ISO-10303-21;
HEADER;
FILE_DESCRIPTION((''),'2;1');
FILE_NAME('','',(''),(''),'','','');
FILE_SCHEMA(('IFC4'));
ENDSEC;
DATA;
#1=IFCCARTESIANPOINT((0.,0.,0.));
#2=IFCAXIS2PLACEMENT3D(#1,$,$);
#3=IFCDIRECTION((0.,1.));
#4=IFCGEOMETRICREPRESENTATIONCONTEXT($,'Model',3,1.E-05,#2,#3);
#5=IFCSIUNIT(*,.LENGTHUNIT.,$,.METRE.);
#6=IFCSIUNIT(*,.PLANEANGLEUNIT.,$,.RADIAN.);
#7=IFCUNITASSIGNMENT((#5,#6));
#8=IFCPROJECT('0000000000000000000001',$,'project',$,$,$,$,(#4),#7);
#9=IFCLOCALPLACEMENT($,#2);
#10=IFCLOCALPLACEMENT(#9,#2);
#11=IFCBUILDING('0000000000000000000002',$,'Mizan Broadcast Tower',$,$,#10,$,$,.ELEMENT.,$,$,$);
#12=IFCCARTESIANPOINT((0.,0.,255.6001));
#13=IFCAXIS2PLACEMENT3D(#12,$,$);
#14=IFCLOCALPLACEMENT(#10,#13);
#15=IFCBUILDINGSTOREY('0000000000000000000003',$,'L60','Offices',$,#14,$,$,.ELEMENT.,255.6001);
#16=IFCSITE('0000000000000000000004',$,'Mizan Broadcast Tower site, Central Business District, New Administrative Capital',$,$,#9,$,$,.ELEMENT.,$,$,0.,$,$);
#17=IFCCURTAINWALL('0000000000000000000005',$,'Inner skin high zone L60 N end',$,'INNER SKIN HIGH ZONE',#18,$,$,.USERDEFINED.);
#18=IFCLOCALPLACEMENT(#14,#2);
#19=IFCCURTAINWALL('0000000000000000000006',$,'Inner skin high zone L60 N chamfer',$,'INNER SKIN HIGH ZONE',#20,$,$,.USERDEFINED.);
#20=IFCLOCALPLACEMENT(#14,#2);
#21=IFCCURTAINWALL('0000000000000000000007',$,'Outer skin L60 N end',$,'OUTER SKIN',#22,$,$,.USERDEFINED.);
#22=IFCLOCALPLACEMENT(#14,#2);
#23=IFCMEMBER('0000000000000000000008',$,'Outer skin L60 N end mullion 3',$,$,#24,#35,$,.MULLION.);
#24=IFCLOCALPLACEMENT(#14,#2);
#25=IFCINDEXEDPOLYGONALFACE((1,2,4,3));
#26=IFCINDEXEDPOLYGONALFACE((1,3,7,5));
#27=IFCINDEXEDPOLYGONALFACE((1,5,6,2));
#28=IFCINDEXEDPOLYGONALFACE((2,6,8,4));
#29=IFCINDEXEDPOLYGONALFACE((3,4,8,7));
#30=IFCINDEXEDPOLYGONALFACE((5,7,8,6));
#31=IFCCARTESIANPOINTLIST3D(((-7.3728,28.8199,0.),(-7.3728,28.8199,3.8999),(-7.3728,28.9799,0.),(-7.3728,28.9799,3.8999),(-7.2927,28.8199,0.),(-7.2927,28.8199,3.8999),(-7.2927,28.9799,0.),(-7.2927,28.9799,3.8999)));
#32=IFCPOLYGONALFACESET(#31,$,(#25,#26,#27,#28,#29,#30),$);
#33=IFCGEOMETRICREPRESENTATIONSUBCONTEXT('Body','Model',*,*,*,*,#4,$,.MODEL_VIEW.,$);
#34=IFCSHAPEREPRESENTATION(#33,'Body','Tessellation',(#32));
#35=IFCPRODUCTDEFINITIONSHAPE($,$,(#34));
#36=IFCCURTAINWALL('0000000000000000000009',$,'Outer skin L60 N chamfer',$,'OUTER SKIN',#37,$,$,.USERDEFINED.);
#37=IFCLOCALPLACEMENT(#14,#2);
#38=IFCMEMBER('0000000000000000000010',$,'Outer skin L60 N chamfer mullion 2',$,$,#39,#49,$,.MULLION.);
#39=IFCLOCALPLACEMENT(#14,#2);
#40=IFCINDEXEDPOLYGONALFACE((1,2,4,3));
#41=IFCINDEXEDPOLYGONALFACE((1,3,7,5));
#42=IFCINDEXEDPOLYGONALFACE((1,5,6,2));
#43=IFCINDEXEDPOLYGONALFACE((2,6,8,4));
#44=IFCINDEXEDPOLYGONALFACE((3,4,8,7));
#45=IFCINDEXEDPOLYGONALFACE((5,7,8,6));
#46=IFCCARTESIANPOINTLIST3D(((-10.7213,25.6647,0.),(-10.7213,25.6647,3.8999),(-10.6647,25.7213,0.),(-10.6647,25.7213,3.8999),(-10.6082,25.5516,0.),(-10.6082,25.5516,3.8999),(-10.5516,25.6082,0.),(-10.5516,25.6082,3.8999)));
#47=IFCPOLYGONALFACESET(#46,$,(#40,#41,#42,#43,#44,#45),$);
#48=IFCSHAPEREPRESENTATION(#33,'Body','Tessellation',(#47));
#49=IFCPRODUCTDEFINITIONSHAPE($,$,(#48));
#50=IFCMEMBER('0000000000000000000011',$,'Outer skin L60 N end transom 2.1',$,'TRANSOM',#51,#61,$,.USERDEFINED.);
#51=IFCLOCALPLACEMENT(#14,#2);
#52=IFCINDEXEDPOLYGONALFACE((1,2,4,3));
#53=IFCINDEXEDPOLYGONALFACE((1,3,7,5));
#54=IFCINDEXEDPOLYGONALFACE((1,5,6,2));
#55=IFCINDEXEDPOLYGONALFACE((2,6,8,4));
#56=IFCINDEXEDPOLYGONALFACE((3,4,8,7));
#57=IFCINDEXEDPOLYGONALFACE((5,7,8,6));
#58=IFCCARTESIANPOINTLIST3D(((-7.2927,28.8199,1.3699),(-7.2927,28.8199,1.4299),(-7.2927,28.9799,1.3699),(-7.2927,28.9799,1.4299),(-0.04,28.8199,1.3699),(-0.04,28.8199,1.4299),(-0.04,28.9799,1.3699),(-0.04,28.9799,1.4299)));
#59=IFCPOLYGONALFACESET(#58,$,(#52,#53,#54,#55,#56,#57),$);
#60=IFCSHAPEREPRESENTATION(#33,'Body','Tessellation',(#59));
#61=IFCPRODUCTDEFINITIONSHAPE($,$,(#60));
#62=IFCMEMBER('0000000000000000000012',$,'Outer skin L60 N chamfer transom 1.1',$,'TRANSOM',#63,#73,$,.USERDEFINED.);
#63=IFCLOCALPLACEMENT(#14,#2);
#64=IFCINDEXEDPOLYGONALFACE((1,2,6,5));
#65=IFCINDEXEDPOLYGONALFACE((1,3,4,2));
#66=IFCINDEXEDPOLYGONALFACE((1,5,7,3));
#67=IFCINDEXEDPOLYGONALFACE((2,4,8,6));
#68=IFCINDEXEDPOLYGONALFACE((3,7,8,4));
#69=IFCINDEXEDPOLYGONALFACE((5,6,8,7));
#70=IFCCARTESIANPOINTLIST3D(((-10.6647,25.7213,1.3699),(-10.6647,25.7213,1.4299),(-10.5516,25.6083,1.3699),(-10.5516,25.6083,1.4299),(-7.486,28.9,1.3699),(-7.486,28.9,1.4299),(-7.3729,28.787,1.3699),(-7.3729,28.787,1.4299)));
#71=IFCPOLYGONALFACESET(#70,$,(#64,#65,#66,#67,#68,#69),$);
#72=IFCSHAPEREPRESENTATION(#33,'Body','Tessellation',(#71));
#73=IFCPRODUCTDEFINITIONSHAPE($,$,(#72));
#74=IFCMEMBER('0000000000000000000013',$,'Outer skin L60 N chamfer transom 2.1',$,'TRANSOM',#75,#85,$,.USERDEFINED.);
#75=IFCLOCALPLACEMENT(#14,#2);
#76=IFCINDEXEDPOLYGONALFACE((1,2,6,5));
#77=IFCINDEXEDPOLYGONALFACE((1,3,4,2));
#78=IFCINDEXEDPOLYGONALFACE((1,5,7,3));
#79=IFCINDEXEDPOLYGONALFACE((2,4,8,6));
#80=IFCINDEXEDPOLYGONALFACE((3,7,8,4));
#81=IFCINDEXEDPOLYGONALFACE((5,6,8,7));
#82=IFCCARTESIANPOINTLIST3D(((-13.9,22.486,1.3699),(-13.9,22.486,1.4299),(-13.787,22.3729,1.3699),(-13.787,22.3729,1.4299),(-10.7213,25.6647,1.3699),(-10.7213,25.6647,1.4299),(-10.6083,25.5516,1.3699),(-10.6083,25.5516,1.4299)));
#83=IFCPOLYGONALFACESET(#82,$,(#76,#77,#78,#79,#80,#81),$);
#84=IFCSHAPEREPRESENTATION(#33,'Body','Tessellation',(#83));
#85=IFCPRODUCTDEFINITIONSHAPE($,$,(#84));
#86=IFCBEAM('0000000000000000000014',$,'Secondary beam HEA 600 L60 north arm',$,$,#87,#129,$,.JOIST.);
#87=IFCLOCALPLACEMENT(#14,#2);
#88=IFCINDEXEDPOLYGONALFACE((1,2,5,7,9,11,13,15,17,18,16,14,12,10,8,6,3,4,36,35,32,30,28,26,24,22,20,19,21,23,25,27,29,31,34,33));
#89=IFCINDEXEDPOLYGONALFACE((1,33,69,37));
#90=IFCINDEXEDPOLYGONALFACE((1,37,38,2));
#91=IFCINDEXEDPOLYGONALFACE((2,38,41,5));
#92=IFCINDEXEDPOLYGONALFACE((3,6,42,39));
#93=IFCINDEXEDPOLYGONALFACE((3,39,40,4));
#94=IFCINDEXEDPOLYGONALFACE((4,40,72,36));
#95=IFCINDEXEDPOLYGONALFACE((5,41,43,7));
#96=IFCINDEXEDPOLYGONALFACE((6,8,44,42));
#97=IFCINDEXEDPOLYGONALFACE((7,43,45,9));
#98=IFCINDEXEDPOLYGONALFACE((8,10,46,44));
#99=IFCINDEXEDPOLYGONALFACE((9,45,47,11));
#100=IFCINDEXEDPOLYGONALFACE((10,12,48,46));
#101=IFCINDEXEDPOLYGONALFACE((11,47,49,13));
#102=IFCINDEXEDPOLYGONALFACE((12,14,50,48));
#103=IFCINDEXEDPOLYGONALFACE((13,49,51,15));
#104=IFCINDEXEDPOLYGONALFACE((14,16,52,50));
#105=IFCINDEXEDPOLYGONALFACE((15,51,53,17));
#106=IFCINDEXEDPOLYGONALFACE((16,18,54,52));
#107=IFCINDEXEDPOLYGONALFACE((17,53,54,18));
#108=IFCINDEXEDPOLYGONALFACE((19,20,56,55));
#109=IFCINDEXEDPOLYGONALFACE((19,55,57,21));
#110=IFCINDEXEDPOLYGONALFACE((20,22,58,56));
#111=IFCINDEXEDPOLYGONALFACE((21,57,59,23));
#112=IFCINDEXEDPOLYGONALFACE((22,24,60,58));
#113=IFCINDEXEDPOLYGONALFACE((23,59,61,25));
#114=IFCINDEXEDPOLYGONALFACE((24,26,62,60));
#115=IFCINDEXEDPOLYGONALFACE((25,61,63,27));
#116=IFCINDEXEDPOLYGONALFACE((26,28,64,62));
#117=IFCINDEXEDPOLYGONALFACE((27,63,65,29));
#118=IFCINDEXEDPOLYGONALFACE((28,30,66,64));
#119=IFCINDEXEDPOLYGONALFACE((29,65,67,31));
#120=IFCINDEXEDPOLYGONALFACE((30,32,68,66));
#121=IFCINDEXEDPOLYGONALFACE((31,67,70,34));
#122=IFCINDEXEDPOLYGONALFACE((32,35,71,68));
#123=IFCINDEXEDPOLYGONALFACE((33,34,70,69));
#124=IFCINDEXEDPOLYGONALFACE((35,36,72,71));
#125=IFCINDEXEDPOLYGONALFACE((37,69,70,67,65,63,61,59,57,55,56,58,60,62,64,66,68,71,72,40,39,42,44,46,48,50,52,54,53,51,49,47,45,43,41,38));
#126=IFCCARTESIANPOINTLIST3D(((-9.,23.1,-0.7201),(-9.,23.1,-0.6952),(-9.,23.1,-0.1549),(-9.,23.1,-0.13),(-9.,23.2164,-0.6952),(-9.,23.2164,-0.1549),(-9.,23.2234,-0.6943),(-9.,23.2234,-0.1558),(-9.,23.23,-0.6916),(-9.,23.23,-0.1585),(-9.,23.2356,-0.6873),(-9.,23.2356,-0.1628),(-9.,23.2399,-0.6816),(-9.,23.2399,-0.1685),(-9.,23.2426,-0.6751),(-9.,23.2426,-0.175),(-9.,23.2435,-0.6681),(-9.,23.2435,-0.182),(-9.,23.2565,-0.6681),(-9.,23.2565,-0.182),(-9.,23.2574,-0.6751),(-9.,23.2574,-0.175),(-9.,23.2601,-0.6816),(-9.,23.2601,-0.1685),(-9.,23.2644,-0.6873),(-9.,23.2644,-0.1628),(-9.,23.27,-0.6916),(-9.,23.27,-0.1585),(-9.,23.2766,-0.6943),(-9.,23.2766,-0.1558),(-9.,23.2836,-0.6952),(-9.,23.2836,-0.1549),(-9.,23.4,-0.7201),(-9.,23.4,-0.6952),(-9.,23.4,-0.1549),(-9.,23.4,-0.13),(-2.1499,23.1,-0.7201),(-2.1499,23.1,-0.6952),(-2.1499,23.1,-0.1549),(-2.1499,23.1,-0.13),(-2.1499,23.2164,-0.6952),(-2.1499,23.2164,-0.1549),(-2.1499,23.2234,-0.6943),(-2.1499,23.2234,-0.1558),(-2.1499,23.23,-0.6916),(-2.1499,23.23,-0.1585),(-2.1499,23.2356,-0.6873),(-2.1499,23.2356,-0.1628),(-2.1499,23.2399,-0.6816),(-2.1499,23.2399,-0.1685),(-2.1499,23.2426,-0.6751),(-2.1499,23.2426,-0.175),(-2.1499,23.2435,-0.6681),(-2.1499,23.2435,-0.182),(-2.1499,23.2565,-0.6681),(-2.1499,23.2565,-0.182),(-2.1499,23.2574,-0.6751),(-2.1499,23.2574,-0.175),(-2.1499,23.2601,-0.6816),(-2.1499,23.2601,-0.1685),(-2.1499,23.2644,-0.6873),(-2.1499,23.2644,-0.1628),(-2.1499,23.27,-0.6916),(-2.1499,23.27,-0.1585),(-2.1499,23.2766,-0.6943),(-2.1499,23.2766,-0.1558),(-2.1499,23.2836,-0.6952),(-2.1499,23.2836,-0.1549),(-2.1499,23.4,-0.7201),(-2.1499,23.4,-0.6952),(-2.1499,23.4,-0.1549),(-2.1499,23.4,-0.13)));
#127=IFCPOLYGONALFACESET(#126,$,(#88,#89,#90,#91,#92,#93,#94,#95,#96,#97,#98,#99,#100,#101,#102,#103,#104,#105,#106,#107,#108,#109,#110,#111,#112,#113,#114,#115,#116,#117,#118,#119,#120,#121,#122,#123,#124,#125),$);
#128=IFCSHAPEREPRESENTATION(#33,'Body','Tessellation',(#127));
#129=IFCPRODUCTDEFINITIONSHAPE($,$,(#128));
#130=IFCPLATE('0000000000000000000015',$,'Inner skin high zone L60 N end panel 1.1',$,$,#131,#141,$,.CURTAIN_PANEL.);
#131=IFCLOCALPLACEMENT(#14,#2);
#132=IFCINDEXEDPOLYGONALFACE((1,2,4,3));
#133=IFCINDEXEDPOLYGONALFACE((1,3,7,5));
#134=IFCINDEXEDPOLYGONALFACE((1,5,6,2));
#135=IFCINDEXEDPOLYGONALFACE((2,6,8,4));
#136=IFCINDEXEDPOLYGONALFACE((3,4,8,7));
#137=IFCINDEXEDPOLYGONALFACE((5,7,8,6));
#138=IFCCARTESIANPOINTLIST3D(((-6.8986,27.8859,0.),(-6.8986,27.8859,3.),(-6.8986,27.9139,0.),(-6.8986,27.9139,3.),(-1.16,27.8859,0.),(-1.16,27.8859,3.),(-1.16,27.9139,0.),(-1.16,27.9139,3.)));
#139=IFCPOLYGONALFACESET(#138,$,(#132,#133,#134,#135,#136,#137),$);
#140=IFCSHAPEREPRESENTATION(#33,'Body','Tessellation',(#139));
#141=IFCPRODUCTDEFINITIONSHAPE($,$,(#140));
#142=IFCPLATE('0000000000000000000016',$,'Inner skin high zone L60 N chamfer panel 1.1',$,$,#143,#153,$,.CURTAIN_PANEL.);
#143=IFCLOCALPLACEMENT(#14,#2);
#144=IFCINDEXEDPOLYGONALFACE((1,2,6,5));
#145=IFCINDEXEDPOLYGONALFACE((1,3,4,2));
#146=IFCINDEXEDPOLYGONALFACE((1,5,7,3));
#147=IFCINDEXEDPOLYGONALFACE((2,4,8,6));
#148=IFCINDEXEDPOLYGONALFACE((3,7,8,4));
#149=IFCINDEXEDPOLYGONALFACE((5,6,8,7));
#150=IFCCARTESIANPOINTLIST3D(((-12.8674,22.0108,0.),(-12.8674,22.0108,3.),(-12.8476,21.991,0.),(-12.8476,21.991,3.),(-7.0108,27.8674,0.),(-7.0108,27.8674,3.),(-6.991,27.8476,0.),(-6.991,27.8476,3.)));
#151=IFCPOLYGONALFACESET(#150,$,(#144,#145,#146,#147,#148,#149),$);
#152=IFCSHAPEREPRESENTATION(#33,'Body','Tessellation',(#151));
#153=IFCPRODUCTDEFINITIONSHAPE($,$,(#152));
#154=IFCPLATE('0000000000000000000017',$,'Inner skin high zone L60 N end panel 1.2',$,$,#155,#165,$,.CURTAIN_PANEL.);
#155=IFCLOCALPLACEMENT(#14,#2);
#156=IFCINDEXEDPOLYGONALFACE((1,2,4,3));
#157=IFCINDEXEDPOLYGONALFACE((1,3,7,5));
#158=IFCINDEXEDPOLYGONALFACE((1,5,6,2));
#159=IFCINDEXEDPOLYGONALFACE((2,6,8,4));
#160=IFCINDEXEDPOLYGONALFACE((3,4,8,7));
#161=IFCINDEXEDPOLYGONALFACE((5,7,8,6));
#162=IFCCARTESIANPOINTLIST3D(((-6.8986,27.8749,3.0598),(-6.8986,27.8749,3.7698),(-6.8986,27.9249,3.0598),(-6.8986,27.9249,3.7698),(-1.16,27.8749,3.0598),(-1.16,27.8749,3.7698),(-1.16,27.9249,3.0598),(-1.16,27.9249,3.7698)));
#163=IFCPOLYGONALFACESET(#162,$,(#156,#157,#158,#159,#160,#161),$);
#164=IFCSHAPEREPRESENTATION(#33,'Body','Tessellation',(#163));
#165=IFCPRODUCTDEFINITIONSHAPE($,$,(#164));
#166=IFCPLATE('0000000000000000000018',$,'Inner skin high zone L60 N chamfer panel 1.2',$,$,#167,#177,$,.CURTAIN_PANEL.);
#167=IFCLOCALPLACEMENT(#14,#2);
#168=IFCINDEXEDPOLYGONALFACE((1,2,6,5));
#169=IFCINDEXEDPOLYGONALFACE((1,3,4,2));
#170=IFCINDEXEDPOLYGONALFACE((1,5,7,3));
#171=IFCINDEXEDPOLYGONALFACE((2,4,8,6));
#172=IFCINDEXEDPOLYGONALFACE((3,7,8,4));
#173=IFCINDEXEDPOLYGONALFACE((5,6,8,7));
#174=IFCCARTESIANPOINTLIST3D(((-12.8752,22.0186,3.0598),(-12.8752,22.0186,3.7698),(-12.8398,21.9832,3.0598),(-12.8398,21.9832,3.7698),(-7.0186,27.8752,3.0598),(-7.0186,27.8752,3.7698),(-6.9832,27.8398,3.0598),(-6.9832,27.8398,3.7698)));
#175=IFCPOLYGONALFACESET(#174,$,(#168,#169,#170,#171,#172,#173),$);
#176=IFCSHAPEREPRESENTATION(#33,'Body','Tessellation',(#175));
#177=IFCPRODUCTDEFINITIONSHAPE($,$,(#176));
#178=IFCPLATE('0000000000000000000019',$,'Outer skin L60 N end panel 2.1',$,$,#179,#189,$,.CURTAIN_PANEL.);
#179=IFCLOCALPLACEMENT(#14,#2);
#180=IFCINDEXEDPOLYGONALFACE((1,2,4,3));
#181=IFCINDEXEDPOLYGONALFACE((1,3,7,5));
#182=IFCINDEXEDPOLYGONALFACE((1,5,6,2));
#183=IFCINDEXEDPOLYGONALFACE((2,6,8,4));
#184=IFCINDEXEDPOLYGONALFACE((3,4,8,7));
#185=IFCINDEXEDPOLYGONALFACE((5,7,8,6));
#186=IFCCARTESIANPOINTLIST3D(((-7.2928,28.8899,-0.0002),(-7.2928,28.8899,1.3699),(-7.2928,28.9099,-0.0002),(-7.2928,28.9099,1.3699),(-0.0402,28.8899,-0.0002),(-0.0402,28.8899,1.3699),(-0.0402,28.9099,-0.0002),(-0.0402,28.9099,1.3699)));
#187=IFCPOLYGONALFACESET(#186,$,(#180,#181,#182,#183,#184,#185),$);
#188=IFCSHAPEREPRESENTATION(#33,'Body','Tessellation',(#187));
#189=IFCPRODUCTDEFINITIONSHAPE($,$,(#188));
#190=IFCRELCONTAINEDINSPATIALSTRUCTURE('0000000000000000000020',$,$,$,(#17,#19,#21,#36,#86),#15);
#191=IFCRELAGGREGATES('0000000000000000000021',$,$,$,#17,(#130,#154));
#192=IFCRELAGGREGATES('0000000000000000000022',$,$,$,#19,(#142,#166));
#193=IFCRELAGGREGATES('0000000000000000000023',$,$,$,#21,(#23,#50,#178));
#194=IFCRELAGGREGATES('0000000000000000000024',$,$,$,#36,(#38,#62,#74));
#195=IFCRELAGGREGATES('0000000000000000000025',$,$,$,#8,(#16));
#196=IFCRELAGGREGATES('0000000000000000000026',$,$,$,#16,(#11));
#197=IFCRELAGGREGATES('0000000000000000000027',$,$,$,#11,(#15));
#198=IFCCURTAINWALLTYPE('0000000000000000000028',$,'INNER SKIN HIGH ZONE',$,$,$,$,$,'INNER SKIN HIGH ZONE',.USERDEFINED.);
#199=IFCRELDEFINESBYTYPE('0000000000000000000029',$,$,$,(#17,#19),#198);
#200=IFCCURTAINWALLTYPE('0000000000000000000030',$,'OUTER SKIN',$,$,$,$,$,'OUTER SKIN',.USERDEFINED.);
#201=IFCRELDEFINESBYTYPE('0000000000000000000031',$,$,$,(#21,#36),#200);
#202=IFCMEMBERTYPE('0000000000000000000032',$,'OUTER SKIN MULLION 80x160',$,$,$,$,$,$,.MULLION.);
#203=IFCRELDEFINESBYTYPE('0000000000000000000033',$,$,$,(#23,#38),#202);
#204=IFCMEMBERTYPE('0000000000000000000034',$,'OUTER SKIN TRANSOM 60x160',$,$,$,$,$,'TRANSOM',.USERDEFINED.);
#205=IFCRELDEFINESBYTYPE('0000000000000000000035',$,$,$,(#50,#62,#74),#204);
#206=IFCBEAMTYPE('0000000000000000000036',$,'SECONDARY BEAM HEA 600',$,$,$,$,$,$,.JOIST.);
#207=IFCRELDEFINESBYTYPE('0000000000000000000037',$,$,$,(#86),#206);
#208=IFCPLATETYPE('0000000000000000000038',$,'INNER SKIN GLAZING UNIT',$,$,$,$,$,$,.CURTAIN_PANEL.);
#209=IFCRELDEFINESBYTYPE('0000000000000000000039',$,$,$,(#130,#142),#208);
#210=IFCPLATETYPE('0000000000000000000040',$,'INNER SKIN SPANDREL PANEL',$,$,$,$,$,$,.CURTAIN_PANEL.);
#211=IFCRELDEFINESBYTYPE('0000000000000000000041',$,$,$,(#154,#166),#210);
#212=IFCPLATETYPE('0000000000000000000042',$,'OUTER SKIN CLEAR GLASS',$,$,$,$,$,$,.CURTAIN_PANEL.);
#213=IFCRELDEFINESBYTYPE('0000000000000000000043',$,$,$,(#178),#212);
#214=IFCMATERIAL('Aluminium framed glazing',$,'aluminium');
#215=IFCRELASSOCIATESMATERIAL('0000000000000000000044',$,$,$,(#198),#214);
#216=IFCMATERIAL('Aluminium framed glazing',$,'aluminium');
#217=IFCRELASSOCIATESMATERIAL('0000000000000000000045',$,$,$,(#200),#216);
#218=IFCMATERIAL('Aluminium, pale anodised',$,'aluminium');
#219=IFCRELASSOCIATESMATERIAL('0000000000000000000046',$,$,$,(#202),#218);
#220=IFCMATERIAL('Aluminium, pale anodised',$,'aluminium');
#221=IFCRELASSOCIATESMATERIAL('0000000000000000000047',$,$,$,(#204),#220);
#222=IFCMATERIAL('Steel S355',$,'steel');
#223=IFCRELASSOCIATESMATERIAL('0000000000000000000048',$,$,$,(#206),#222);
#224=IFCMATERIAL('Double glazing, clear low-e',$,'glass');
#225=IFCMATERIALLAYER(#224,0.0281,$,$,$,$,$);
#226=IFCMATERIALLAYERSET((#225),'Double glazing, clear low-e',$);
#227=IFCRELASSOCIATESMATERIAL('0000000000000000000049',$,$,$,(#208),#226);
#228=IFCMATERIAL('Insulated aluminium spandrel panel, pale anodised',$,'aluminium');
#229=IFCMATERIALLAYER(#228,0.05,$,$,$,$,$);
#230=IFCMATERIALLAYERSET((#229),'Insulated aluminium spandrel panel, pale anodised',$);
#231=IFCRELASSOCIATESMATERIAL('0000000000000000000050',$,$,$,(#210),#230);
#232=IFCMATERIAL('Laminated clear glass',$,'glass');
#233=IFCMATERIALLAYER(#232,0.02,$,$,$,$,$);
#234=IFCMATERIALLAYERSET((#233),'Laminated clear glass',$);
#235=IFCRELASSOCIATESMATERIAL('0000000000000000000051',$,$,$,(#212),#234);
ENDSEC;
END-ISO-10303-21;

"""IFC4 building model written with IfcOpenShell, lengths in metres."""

from ifc_helpers import new_model, si_unit, direction, frame, origin, origin_2d, place, context, subcontext, project, spatial, rectangle, i_section, extrude, material, layer, layer_set, material_profile, profile_set, type_object, element, aggregate, save


model = new_model("IFC4")

# Units and contexts
model_context = context("Model", 3, precision=1e-05, world=origin(), true_north=direction((0.0, 1.0)))
body_context = subcontext(model_context, "Body", "Model", "MODEL_VIEW")
ifc_project = project(units=[si_unit("LENGTHUNIT", "METRE"), si_unit("PLANEANGLEUNIT", "RADIAN")], contexts=[model_context])

# Site, building, storey
site_placement = place(None, origin())
site = spatial("IfcSite", under=ifc_project, at=site_placement, Name="Mizan Broadcast Tower site, Central Business District, New Administrative Capital", CompositionType="ELEMENT", RefElevation=0.0)
building_placement = place(site_placement, origin())
building = spatial("IfcBuilding", under=site, at=building_placement, Name="Mizan Broadcast Tower", CompositionType="ELEMENT")
storey_placement = place(building_placement, frame((0.0, 0.0, 255.6001)))
storey = spatial("IfcBuildingStorey", under=building, at=storey_placement, Name="L60", Description="Offices", CompositionType="ELEMENT", Elevation=255.6001)

# Curtain wall
ifc_material_1 = material(Name="Aluminium framed glazing", Category="aluminium")
curtain_wall_type_1 = type_object("IfcCurtainWallType", Name="INNER SKIN HIGH ZONE", ElementType="INNER SKIN HIGH ZONE", PredefinedType="USERDEFINED", material=ifc_material_1)
curtain_wall_1_placement = place(storey_placement, origin())
curtain_wall_1 = element("IfcCurtainWall", 1, at=curtain_wall_1_placement, inside=storey, type_object=curtain_wall_type_1, Name="Inner skin high zone L60 N end", ObjectType="INNER SKIN HIGH ZONE", PredefinedType="USERDEFINED")

# Curtain wall
curtain_wall_2_placement = place(storey_placement, origin())
curtain_wall_2 = element("IfcCurtainWall", 2, at=curtain_wall_2_placement, inside=storey, type_object=curtain_wall_type_1, Name="Inner skin high zone L60 N chamfer", ObjectType="INNER SKIN HIGH ZONE", PredefinedType="USERDEFINED")

# Curtain walls, members
ifc_material_2 = material(Name="Aluminium framed glazing", Category="aluminium")
curtain_wall_type_2 = type_object("IfcCurtainWallType", Name="OUTER SKIN", ElementType="OUTER SKIN", PredefinedType="USERDEFINED", material=ifc_material_2)
curtain_wall_3_placement = place(storey_placement, origin())
curtain_wall_3 = element("IfcCurtainWall", 3, at=curtain_wall_3_placement, inside=storey, type_object=curtain_wall_type_2, Name="Outer skin L60 N end", ObjectType="OUTER SKIN", PredefinedType="USERDEFINED")
ifc_material_3 = material(Name="Aluminium, pale anodised", Category="aluminium")
ifc_material_profile_1 = material_profile(ifc_material_3, rectangle(XDim=0.1599, YDim=0.0801, at=origin_2d()), Name="MULLION 160x80")
ifc_profile_set_1 = profile_set([ifc_material_profile_1], Name="Aluminium, pale anodised")
member_type_1 = type_object("IfcMemberType", Name="OUTER SKIN MULLION 80x160", PredefinedType="MULLION", material=ifc_profile_set_1)
member_1_placement = place(storey_placement, frame((-7.3328, 28.8999, 0.0), z_axis=(0.0, 0.0, 1.0), x_axis=(0.0, -1.0, 0.0)))
member_1 = element("IfcMember", 4, at=member_1_placement, type_object=member_type_1, Name="Outer skin L60 N end mullion 3", PredefinedType="MULLION", context=body_context, shape_type="SweptSolid", body=[
    extrude(rectangle(XDim=0.1599, YDim=0.0801, at=origin_2d()), origin(), (0.0, 0.0, 1.0), 3.8999),
])
curtain_wall_4_placement = place(storey_placement, origin())
curtain_wall_4 = element("IfcCurtainWall", 5, at=curtain_wall_4_placement, inside=storey, type_object=curtain_wall_type_2, Name="Outer skin L60 N chamfer", ObjectType="OUTER SKIN", PredefinedType="USERDEFINED")
member_2_placement = place(storey_placement, frame((-10.6365, 25.6365, 0.0), z_axis=(0.0, 0.0, 1.0), x_axis=(0.707107, -0.707107, 0.0)))
member_2 = element("IfcMember", 6, at=member_2_placement, type_object=member_type_1, Name="Outer skin L60 N chamfer mullion 2", PredefinedType="MULLION", context=body_context, shape_type="SweptSolid", body=[
    extrude(rectangle(XDim=0.1599, YDim=0.0801, at=origin_2d()), origin(), (0.0, 0.0, 1.0), 3.8999),
])

# Members
ifc_material_4 = material(Name="Aluminium, pale anodised", Category="aluminium")
ifc_material_profile_2 = material_profile(ifc_material_4, rectangle(XDim=0.1599, YDim=0.0601, at=origin_2d()), Name="TRANSOM 160x60")
ifc_profile_set_2 = profile_set([ifc_material_profile_2], Name="Aluminium, pale anodised")
member_type_2 = type_object("IfcMemberType", Name="OUTER SKIN TRANSOM 60x160", ElementType="TRANSOM", PredefinedType="USERDEFINED", material=ifc_profile_set_2)
member_3_placement = place(storey_placement, frame((-0.04, 28.8999, 1.3999), z_axis=(-1.0, 0.0, 0.0), x_axis=(0.0, -1.0, 0.0)))
member_3 = element("IfcMember", 7, at=member_3_placement, type_object=member_type_2, Name="Outer skin L60 N end transom 2.1", ObjectType="TRANSOM", PredefinedType="USERDEFINED", context=body_context, shape_type="SweptSolid", body=[
    extrude(rectangle(XDim=0.1599, YDim=0.0601, at=origin_2d()), origin(), (0.0, 0.0, 1.0), 7.2527),
])
member_4_placement = place(storey_placement, frame((-7.4294, 28.8435, 1.3999), z_axis=(-0.707107, -0.707107, 0.0), x_axis=(0.707107, -0.707107, 0.0)))
member_4 = element("IfcMember", 8, at=member_4_placement, type_object=member_type_2, Name="Outer skin L60 N chamfer transom 1.1", ObjectType="TRANSOM", PredefinedType="USERDEFINED", context=body_context, shape_type="SweptSolid", body=[
    extrude(rectangle(XDim=0.1599, YDim=0.0601, at=origin_2d()), origin(), (0.0, 0.0, 1.0), 4.4954),
])
member_5_placement = place(storey_placement, frame((-10.6648, 25.6082, 1.3999), z_axis=(-0.707107, -0.707107, 0.0), x_axis=(0.707107, -0.707107, 0.0)))
member_5 = element("IfcMember", 9, at=member_5_placement, type_object=member_type_2, Name="Outer skin L60 N chamfer transom 2.1", ObjectType="TRANSOM", PredefinedType="USERDEFINED", context=body_context, shape_type="SweptSolid", body=[
    extrude(rectangle(XDim=0.1599, YDim=0.0601, at=origin_2d()), origin(), (0.0, 0.0, 1.0), 4.4954),
])

# Beam
ifc_material_5 = material(Name="Steel S355", Category="steel")
ifc_material_profile_3 = material_profile(ifc_material_5, i_section(OverallWidth=0.3, OverallDepth=0.5901, WebThickness=0.0129, FlangeThickness=0.0249, FilletRadius=0.0271, at=origin_2d()), Name="HEA 600")
ifc_profile_set_3 = profile_set([ifc_material_profile_3], Name="Steel S355")
beam_type_1 = type_object("IfcBeamType", Name="SECONDARY BEAM HEA 600", PredefinedType="JOIST", material=ifc_profile_set_3)
beam_1_placement = place(storey_placement, frame((-9.0, 23.25, -0.425), z_axis=(1.0, 0.0, 0.0), x_axis=(0.0, 1.0, 0.0)))
element("IfcBeam", 10, at=beam_1_placement, inside=storey, type_object=beam_type_1, Name="Secondary beam HEA 600 L60 north arm", PredefinedType="JOIST", context=body_context, shape_type="SweptSolid", body=[
    extrude(i_section(OverallWidth=0.3, OverallDepth=0.5901, WebThickness=0.0129, FlangeThickness=0.0249, FilletRadius=0.0271, at=origin_2d()), origin(), (0.0, 0.0, 1.0), 6.8501),
])

# Plates
ifc_material_6 = material(Name="Double glazing, clear low-e", Category="glass")
ifc_layer_1 = layer(ifc_material_6, 0.0281)
ifc_layer_set_1 = layer_set([ifc_layer_1], Name="Double glazing, clear low-e")
plate_type_1 = type_object("IfcPlateType", Name="INNER SKIN GLAZING UNIT", PredefinedType="CURTAIN_PANEL", material=ifc_layer_set_1)
plate_1_placement = place(storey_placement, frame((-4.0293, 27.8999, 0.0), z_axis=(0.0, 0.0, 1.0), x_axis=(-1.0, 0.0, 0.0)))
plate_1 = element("IfcPlate", 11, at=plate_1_placement, type_object=plate_type_1, Name="Inner skin high zone L60 N end panel 1.1", PredefinedType="CURTAIN_PANEL", context=body_context, shape_type="SweptSolid", body=[
    extrude(rectangle(XDim=5.7385, YDim=0.0281, at=origin_2d()), origin(), (0.0, 0.0, 1.0), 3.0),
])
plate_2_placement = place(storey_placement, frame((-9.9292, 24.9292, 0.0), z_axis=(0.0, 0.0, 1.0), x_axis=(-0.707107, -0.707107, 0.0)))
plate_2 = element("IfcPlate", 12, at=plate_2_placement, type_object=plate_type_1, Name="Inner skin high zone L60 N chamfer panel 1.1", PredefinedType="CURTAIN_PANEL", context=body_context, shape_type="SweptSolid", body=[
    extrude(rectangle(XDim=8.2825, YDim=0.0281, at=origin_2d()), origin(), (0.0, 0.0, 1.0), 3.0),
])
ifc_material_7 = material(Name="Insulated aluminium spandrel panel, pale anodised", Category="aluminium")
ifc_layer_2 = layer(ifc_material_7, 0.05)
ifc_layer_set_2 = layer_set([ifc_layer_2], Name="Insulated aluminium spandrel panel, pale anodised")
plate_type_2 = type_object("IfcPlateType", Name="INNER SKIN SPANDREL PANEL", PredefinedType="CURTAIN_PANEL", material=ifc_layer_set_2)
plate_3_placement = place(storey_placement, frame((-4.0293, 27.8999, 3.0598), z_axis=(0.0, 0.0, 1.0), x_axis=(-1.0, 0.0, 0.0)))
plate_3 = element("IfcPlate", 13, at=plate_3_placement, type_object=plate_type_2, Name="Inner skin high zone L60 N end panel 1.2", PredefinedType="CURTAIN_PANEL", context=body_context, shape_type="SweptSolid", body=[
    extrude(rectangle(XDim=5.7385, YDim=0.05, at=origin_2d()), origin(), (0.0, 0.0, 1.0), 0.71),
])
aggregate(curtain_wall_1, [plate_1, plate_3])
plate_4_placement = place(storey_placement, frame((-9.9292, 24.9292, 3.0598), z_axis=(0.0, 0.0, 1.0), x_axis=(-0.707107, -0.707107, 0.0)))
plate_4 = element("IfcPlate", 14, at=plate_4_placement, type_object=plate_type_2, Name="Inner skin high zone L60 N chamfer panel 1.2", PredefinedType="CURTAIN_PANEL", context=body_context, shape_type="SweptSolid", body=[
    extrude(rectangle(XDim=8.2825, YDim=0.05, at=origin_2d()), origin(), (0.0, 0.0, 1.0), 0.71),
])
aggregate(curtain_wall_2, [plate_2, plate_4])
ifc_material_8 = material(Name="Laminated clear glass", Category="glass")
ifc_layer_3 = layer(ifc_material_8, 0.02)
ifc_layer_set_3 = layer_set([ifc_layer_3], Name="Laminated clear glass")
plate_type_3 = type_object("IfcPlateType", Name="OUTER SKIN CLEAR GLASS", PredefinedType="CURTAIN_PANEL", material=ifc_layer_set_3)
plate_5_placement = place(storey_placement, frame((-3.6665, 28.8999, -0.0002), z_axis=(0.0, 0.0, 1.0), x_axis=(-1.0, 0.0, 0.0)))
plate_5 = element("IfcPlate", 15, at=plate_5_placement, type_object=plate_type_3, Name="Outer skin L60 N end panel 2.1", PredefinedType="CURTAIN_PANEL", context=body_context, shape_type="SweptSolid", body=[
    extrude(rectangle(XDim=7.2527, YDim=0.02, at=origin_2d()), origin(), (0.0, 0.0, 1.0), 1.3701),
])
aggregate(curtain_wall_3, [member_1, member_3, plate_5])
aggregate(curtain_wall_4, [member_2, member_4, member_5])

save(model, "model.ifc")
